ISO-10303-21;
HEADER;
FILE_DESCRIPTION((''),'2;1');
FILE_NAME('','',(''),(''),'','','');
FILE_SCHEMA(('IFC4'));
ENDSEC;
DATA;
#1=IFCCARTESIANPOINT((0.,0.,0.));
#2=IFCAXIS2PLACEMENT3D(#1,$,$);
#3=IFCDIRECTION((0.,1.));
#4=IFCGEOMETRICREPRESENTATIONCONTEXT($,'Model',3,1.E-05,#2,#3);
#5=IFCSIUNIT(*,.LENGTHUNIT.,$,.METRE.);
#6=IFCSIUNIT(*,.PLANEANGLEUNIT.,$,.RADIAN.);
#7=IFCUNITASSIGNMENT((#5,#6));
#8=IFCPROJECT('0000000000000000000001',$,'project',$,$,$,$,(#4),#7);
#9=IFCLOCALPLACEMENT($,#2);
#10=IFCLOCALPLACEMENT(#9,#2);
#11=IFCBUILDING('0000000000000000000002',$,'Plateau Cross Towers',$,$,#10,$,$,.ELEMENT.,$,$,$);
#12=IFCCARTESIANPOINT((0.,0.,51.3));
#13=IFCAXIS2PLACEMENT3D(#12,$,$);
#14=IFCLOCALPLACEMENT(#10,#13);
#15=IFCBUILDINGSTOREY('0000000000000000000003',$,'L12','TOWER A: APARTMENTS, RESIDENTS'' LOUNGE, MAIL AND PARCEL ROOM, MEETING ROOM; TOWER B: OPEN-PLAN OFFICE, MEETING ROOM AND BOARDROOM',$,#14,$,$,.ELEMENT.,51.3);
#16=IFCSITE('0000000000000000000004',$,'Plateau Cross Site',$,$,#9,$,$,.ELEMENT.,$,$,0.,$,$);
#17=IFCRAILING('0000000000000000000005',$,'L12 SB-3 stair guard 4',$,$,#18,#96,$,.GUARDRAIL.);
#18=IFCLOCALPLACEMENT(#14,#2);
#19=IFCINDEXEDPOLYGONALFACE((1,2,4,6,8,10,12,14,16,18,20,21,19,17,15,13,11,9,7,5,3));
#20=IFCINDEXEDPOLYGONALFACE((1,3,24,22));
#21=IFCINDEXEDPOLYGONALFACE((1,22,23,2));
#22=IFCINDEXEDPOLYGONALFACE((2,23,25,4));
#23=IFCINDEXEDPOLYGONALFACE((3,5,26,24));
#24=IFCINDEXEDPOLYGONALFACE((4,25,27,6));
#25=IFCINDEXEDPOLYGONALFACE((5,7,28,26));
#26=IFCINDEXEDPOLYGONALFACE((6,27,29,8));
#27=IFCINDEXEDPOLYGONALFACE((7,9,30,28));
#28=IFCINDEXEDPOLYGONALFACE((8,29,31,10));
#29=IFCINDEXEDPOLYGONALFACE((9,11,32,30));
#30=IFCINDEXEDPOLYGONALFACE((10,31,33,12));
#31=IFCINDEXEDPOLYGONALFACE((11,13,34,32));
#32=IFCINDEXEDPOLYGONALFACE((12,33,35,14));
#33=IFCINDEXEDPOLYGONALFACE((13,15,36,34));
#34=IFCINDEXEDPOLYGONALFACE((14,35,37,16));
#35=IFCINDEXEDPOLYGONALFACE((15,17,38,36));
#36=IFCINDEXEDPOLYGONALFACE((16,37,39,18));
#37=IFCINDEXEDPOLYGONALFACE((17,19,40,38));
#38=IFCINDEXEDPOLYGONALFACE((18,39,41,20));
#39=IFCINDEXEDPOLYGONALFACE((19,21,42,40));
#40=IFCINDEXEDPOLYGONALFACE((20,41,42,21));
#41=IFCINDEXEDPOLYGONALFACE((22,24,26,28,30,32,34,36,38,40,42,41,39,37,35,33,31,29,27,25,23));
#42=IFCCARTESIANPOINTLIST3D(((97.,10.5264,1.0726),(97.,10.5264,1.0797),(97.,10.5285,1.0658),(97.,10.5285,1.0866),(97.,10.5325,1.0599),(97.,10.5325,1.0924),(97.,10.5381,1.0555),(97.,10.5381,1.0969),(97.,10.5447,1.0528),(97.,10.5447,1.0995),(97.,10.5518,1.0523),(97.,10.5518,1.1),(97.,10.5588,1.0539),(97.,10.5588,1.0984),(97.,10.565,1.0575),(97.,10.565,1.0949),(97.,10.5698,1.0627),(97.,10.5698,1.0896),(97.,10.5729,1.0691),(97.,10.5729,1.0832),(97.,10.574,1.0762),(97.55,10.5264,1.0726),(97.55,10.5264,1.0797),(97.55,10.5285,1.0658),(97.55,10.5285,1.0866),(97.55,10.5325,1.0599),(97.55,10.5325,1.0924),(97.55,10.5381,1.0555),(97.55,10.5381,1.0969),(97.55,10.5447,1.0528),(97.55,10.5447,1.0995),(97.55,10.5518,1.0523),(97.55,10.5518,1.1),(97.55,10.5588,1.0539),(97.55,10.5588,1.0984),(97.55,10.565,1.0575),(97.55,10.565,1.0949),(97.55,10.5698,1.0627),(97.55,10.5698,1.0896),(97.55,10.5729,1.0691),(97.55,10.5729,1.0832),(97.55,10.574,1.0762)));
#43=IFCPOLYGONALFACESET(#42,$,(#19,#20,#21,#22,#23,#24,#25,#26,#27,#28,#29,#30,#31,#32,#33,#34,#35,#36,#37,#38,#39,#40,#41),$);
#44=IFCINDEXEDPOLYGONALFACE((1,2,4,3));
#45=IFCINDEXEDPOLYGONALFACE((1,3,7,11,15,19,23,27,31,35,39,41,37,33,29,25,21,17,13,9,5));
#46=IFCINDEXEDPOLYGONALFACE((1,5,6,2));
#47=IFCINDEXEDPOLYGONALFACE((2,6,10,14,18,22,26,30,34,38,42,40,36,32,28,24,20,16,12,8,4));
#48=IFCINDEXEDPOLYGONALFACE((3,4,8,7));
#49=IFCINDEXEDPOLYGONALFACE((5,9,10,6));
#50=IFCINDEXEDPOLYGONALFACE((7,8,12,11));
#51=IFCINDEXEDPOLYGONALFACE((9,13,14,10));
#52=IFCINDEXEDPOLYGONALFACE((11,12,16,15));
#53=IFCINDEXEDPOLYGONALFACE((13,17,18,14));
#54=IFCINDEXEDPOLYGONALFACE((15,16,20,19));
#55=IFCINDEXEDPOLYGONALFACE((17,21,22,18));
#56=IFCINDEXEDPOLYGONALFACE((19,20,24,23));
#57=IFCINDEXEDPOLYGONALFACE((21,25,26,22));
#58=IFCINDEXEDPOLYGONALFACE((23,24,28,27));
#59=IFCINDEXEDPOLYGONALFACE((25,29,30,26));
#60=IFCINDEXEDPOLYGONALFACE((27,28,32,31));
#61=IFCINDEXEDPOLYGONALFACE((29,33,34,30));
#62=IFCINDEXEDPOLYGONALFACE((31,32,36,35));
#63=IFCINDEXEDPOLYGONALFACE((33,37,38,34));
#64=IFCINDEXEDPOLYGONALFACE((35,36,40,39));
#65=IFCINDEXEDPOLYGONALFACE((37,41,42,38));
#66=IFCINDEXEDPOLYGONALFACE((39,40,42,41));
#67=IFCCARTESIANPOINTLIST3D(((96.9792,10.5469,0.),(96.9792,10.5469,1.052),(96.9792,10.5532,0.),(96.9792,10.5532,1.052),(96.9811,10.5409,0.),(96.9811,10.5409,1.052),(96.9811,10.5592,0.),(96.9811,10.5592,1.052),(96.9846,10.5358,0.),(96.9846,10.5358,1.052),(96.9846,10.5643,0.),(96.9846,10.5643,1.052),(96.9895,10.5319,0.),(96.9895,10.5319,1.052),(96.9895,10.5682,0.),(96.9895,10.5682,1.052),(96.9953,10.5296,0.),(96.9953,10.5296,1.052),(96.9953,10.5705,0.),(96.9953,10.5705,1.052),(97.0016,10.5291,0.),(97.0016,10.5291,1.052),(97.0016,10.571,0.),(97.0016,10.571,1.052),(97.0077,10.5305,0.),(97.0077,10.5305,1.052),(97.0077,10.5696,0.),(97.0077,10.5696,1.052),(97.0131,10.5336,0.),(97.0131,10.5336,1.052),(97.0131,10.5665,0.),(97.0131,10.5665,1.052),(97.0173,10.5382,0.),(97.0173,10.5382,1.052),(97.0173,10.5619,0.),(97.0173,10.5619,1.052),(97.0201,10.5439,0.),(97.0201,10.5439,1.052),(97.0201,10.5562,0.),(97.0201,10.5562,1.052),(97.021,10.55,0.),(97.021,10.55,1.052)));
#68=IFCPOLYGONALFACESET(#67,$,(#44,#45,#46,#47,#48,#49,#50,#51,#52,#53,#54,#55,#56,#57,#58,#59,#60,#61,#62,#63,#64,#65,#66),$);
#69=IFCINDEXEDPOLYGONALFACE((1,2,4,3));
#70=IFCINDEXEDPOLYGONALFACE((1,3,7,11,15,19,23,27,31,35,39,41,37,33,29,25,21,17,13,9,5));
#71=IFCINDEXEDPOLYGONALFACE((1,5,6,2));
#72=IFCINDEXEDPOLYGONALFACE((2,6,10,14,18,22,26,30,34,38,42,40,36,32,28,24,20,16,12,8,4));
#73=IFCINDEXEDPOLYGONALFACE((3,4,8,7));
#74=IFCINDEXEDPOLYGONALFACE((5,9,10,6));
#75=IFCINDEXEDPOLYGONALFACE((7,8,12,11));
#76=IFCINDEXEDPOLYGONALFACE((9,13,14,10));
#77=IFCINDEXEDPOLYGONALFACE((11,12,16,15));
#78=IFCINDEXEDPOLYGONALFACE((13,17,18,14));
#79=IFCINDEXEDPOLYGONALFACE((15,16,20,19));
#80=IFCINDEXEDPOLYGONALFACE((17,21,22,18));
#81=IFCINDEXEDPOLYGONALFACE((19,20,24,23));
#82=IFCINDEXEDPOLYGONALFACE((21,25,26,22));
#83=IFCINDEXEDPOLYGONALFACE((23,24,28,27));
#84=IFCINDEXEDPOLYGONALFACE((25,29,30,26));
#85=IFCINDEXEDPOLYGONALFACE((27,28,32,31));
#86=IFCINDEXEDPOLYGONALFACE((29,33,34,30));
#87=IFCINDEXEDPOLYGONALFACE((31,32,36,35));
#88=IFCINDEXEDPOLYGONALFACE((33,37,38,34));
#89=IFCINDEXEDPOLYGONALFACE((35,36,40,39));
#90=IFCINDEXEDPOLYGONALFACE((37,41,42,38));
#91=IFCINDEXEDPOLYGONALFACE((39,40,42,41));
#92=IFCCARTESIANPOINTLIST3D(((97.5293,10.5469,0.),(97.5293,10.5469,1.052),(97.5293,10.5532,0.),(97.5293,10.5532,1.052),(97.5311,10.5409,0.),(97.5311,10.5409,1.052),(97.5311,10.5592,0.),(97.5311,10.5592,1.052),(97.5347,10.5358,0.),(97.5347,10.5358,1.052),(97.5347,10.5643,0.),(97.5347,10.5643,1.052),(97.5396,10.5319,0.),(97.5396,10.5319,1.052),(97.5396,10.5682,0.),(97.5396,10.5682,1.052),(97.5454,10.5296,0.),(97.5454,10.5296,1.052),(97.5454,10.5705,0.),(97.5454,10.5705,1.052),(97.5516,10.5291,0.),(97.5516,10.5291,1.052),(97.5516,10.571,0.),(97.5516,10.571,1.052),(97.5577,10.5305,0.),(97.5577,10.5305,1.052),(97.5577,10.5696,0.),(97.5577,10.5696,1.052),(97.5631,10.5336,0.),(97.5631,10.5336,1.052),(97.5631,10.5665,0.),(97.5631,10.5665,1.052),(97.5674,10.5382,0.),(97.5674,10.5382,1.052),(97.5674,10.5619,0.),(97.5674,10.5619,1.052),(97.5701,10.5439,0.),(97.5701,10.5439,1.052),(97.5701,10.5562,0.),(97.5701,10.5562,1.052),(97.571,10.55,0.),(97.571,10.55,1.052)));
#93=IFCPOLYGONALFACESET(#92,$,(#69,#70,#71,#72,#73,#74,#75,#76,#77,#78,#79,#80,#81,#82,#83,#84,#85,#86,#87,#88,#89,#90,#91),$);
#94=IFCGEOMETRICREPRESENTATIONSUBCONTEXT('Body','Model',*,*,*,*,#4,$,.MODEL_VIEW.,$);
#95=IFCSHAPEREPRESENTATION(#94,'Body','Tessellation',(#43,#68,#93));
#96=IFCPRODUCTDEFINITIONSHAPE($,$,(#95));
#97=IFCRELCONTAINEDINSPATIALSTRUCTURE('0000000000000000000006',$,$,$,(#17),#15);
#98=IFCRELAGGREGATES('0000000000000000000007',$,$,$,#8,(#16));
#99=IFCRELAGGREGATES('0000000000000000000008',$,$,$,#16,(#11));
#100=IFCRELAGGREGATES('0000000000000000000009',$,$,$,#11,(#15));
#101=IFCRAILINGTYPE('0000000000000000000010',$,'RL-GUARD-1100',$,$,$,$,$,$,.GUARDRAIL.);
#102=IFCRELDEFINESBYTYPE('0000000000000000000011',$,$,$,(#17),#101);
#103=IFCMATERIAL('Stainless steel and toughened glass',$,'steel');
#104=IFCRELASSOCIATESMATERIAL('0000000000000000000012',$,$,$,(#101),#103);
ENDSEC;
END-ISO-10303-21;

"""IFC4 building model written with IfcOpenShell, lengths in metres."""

from ifc_helpers import new_model, si_unit, direction, frame, origin, origin_2d, place, context, subcontext, project, spatial, circle, extrude, material, type_object, element, save


model = new_model("IFC4")

# Units and contexts
model_context = context("Model", 3, precision=1e-05, world=origin(), true_north=direction((0.0, 1.0)))
body_context = subcontext(model_context, "Body", "Model", "MODEL_VIEW")
ifc_project = project(units=[si_unit("LENGTHUNIT", "METRE"), si_unit("PLANEANGLEUNIT", "RADIAN")], contexts=[model_context])

# Site, building, storey
site_placement = place(None, origin())
site = spatial("IfcSite", under=ifc_project, at=site_placement, Name="Plateau Cross Site", CompositionType="ELEMENT", RefElevation=0.0)
building_placement = place(site_placement, origin())
building = spatial("IfcBuilding", under=site, at=building_placement, Name="Plateau Cross Towers", CompositionType="ELEMENT")
storey_placement = place(building_placement, frame((0.0, 0.0, 51.3)))
storey = spatial("IfcBuildingStorey", under=building, at=storey_placement, Name="L12", Description="TOWER A: APARTMENTS, RESIDENTS' LOUNGE, MAIL AND PARCEL ROOM, MEETING ROOM; TOWER B: OPEN-PLAN OFFICE, MEETING ROOM AND BOARDROOM", CompositionType="ELEMENT", Elevation=51.3)

# Railing
ifc_material_1 = material(Name="Stainless steel and toughened glass", Category="steel")
railing_type_1 = type_object("IfcRailingType", Name="RL-GUARD-1100", PredefinedType="GUARDRAIL", material=ifc_material_1)
railing_1_placement = place(storey_placement, frame((97.0, 10.55, 0.0)))
element("IfcRailing", 1, at=railing_1_placement, inside=storey, type_object=railing_type_1, Name="L12 SB-3 stair guard 4", PredefinedType="GUARDRAIL", context=body_context, shape_type="SweptSolid", body=[
    extrude(circle(Radius=0.0239, at=origin_2d()), frame((0.0, 0.0, 1.0762), z_axis=(1.0, 0.0, 0.0), x_axis=(0.0, 1.0, 0.0)), (0.0, 0.0, 1.0), 0.55),
    extrude(circle(Radius=0.021, at=origin_2d()), origin(), (0.0, 0.0, 1.0), 1.052),
    extrude(circle(Radius=0.021, at=origin_2d()), frame((0.55, 0.0, 0.0)), (0.0, 0.0, 1.0), 1.052),
])

save(model, "model.ifc")
